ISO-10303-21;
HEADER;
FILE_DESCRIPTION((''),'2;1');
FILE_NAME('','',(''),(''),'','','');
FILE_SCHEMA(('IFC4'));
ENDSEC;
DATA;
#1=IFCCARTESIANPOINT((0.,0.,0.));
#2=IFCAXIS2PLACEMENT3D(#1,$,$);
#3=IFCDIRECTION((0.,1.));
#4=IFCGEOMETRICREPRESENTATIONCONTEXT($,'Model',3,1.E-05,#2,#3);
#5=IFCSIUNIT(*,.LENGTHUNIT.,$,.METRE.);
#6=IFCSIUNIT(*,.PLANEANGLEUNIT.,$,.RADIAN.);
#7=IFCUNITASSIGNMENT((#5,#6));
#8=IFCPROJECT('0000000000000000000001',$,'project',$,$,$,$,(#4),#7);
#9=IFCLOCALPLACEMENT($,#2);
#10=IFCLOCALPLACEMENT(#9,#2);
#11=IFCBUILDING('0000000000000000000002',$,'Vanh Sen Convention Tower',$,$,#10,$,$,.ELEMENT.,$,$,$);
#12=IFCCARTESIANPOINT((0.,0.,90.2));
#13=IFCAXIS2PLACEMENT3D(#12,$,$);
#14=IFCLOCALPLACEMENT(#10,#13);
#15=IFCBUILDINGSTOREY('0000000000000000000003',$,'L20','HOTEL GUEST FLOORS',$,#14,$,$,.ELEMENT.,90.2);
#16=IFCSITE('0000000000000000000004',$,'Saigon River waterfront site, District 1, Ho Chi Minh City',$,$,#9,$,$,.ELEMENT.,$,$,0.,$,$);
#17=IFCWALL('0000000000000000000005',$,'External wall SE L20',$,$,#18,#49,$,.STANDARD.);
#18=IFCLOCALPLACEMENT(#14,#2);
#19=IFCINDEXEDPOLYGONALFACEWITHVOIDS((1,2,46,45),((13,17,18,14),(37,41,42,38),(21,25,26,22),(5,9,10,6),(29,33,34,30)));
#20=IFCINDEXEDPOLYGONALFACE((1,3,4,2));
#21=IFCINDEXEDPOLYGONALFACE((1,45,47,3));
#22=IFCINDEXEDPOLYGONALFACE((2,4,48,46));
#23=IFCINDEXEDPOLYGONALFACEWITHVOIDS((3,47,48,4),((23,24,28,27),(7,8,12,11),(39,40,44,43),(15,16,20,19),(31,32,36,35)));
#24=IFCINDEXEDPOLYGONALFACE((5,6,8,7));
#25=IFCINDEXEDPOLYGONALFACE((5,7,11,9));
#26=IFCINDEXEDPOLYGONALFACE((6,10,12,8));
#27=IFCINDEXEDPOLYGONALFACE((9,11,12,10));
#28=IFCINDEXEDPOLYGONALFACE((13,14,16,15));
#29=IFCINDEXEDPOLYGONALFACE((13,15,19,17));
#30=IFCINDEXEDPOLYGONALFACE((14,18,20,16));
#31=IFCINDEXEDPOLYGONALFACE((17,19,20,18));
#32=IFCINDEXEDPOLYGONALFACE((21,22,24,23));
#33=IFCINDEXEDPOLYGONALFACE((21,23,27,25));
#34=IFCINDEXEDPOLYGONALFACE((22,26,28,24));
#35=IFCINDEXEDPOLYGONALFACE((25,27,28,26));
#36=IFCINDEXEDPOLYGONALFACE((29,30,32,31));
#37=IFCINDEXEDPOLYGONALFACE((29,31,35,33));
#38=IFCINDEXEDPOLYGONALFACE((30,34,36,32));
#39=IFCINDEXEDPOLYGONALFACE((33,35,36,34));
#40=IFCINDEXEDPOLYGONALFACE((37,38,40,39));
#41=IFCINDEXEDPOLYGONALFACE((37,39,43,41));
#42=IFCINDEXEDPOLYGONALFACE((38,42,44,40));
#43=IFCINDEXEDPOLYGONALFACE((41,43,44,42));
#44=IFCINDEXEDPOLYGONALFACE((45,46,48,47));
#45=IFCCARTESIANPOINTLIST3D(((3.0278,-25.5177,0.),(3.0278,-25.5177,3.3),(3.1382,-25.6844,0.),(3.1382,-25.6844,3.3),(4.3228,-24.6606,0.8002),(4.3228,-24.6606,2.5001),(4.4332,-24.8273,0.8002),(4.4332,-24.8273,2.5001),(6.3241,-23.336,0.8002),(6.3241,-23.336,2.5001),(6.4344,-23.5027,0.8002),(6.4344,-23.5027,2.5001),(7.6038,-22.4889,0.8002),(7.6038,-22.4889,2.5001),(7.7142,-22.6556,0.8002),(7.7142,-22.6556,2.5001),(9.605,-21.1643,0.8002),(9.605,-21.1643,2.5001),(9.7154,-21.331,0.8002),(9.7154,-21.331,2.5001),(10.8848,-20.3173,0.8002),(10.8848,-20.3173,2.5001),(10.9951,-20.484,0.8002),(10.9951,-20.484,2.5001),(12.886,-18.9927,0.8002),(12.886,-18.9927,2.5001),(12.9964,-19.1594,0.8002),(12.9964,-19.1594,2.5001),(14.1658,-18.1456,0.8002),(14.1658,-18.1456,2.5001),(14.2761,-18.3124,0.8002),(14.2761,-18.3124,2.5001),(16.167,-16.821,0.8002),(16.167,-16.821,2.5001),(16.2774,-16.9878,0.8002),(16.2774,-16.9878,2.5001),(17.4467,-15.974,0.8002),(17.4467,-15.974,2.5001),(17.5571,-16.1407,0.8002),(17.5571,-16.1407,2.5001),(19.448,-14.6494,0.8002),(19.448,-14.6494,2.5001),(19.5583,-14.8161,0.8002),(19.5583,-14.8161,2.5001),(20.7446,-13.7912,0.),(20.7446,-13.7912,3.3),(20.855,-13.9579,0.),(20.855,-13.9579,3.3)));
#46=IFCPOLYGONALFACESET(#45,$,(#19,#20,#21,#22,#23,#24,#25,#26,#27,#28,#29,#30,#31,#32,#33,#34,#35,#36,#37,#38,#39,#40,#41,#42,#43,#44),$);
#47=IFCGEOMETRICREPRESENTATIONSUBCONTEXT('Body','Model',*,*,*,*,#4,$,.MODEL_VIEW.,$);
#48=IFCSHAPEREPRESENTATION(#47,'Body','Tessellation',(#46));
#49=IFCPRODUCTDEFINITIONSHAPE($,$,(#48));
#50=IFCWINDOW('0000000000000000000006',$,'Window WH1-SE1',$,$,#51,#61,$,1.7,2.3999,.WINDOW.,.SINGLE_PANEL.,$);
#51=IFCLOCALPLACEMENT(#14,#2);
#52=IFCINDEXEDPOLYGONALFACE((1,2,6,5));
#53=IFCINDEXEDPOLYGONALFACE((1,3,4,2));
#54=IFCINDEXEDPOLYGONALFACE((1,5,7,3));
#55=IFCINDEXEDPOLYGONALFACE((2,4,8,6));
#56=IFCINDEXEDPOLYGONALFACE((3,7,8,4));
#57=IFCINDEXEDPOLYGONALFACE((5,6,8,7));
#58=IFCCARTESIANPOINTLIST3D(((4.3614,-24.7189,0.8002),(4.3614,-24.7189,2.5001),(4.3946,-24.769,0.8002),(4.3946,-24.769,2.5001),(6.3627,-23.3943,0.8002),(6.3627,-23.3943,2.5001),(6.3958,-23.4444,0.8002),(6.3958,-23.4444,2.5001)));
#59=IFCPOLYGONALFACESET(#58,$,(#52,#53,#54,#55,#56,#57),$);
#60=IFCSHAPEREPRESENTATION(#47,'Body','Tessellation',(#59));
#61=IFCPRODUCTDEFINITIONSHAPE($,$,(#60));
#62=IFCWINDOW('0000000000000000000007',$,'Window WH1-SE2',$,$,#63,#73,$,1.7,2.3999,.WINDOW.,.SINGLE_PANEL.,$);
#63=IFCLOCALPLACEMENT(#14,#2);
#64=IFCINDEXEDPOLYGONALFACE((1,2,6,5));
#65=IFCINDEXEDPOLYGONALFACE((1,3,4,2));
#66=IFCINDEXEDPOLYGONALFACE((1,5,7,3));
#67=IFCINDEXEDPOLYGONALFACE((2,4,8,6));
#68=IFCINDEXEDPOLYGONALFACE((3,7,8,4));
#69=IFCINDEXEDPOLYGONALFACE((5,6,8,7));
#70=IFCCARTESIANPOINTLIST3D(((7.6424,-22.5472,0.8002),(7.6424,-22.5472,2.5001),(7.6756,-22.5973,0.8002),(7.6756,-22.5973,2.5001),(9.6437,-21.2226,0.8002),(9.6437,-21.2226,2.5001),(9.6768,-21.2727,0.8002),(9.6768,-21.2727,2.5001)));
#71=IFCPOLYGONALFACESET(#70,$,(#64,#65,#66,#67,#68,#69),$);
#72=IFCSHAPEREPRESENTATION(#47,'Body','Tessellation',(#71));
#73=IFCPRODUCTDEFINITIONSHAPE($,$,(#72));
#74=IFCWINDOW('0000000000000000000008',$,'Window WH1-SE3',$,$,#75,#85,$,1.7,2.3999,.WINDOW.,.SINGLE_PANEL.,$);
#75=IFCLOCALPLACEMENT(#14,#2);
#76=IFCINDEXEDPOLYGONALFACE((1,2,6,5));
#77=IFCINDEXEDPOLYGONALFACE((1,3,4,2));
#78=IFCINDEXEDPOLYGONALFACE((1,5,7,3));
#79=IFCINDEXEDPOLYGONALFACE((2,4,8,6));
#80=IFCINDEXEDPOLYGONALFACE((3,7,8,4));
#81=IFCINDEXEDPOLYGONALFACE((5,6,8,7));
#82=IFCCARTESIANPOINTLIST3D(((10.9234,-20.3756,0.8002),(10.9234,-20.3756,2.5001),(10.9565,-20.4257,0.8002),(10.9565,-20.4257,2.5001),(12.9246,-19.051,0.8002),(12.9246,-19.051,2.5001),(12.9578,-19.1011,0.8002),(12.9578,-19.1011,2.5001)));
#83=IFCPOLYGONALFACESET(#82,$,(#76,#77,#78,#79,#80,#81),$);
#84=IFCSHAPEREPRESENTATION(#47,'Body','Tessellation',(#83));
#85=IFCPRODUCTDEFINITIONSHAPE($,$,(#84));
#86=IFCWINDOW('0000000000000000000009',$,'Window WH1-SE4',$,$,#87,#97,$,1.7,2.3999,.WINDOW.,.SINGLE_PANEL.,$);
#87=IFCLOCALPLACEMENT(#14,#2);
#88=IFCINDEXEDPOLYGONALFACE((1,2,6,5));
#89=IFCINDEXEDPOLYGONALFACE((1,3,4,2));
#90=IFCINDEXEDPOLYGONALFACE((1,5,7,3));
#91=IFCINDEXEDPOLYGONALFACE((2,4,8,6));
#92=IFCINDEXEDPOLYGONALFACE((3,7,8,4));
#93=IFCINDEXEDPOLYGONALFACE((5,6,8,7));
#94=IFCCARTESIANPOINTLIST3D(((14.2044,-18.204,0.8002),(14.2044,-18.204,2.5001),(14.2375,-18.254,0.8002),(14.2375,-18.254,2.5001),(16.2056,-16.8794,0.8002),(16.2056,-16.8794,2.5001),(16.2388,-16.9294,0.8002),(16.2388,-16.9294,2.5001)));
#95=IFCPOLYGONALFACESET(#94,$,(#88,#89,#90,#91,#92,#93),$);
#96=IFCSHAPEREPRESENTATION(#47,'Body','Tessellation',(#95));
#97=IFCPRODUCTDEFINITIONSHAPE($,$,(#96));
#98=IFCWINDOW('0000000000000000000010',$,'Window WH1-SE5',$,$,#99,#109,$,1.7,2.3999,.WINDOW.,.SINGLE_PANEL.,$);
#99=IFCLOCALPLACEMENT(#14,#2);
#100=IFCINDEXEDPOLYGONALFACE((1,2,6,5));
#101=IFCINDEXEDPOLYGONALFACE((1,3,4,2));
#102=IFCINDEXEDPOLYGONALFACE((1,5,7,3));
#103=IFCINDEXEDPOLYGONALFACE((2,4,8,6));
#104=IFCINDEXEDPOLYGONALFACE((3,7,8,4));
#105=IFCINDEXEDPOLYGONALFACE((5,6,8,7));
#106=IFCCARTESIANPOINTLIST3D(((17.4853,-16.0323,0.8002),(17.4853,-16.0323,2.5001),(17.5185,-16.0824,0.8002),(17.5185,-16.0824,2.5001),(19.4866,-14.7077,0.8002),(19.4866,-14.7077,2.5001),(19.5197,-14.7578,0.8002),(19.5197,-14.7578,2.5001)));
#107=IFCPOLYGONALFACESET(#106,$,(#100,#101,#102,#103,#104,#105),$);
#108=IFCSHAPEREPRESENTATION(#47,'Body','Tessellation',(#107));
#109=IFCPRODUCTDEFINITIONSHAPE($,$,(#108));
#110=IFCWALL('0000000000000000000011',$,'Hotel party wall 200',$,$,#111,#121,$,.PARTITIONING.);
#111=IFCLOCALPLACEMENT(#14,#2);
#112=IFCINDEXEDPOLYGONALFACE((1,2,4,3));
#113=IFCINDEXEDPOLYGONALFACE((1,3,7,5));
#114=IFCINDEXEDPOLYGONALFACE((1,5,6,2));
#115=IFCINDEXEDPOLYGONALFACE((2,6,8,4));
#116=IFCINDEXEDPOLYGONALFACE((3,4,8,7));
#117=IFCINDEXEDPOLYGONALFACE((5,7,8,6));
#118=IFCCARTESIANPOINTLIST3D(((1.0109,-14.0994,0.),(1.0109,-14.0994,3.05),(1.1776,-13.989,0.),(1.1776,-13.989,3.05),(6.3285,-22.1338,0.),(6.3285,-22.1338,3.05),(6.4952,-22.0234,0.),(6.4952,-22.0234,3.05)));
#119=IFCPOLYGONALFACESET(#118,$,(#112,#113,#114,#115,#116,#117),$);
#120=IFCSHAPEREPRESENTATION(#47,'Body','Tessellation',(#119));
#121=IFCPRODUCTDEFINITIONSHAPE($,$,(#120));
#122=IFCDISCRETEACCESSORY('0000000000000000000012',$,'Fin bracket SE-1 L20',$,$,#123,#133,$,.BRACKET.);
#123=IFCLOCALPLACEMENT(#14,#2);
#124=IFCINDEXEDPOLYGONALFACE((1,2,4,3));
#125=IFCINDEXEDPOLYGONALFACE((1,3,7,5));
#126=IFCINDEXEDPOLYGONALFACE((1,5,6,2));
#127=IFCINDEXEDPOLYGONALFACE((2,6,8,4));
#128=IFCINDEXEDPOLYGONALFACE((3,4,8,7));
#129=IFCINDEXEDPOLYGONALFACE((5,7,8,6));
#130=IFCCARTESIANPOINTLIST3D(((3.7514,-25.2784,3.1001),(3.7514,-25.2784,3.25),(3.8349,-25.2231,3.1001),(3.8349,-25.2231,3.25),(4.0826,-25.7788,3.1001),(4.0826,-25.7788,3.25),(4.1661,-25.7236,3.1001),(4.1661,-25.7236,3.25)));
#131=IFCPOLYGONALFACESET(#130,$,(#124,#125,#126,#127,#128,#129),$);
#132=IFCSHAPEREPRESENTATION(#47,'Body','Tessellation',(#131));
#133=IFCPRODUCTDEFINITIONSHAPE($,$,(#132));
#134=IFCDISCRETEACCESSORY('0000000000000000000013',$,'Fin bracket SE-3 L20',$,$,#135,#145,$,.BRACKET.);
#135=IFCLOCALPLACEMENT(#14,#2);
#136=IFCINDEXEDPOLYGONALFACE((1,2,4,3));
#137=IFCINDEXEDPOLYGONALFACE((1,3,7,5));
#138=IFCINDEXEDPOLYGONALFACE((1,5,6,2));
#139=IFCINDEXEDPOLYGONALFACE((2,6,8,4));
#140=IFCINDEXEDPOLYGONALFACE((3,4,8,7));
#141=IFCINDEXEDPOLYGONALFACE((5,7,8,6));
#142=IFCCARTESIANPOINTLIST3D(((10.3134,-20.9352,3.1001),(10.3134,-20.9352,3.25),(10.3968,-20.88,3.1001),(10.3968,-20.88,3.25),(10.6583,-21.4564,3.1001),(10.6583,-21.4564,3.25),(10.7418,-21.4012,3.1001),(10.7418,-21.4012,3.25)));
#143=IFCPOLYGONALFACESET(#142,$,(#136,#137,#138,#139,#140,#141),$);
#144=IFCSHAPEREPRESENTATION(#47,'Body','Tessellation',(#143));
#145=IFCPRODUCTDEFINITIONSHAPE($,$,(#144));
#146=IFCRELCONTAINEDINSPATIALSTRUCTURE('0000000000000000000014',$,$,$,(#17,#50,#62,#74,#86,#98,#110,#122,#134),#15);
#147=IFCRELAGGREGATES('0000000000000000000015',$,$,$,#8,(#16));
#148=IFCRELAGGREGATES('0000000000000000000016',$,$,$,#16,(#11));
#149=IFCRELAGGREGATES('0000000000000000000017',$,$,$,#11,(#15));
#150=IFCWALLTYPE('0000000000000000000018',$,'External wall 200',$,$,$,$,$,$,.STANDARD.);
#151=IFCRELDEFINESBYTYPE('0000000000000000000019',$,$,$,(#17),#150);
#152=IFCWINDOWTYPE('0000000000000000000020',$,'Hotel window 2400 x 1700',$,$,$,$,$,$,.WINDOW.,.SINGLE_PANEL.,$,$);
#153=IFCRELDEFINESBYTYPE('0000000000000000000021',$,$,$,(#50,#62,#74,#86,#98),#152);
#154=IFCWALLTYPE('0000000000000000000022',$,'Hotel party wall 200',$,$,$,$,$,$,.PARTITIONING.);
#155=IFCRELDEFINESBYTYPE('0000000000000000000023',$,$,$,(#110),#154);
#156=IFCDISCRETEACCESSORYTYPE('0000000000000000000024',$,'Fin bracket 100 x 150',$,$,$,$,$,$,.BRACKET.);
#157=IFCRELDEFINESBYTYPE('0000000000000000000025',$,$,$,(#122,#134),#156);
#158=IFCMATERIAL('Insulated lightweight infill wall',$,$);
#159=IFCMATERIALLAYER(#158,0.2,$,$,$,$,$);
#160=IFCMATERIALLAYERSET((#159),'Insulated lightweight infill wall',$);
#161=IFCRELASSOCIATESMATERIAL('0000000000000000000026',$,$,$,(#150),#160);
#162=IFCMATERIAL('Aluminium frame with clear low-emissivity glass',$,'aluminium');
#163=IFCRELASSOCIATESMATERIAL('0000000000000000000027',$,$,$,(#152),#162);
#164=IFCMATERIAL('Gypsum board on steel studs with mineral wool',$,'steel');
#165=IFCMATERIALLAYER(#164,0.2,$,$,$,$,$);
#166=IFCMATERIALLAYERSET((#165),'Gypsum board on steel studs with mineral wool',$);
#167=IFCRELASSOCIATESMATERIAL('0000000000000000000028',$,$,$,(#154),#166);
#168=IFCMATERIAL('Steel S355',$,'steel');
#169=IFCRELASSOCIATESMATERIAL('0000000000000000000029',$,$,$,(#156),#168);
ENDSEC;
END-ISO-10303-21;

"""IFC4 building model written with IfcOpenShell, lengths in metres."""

from ifc_helpers import new_model, si_unit, direction, frame, frame_2d, origin, origin_2d, place, context, subcontext, project, spatial, rectangle, extrude, material, layer, layer_set, type_object, element, fill, save


model = new_model("IFC4")

# Units and contexts
model_context = context("Model", 3, precision=1e-05, world=origin(), true_north=direction((0.0, 1.0)))
body_context = subcontext(model_context, "Body", "Model", "MODEL_VIEW")
ifc_project = project(units=[si_unit("LENGTHUNIT", "METRE"), si_unit("PLANEANGLEUNIT", "RADIAN")], contexts=[model_context])

# Site, building, storey
site_placement = place(None, origin())
site = spatial("IfcSite", under=ifc_project, at=site_placement, Name="Saigon River waterfront site, District 1, Ho Chi Minh City", CompositionType="ELEMENT", RefElevation=0.0)
building_placement = place(site_placement, origin())
building = spatial("IfcBuilding", under=site, at=building_placement, Name="Vanh Sen Convention Tower", CompositionType="ELEMENT")
storey_placement = place(building_placement, frame((0.0, 0.0, 90.2)))
storey = spatial("IfcBuildingStorey", under=building, at=storey_placement, Name="L20", Description="HOTEL GUEST FLOORS", CompositionType="ELEMENT", Elevation=90.2)

# Shared definitions
ifc_material_1 = material(Name="Gypsum board on steel studs with mineral wool", Category="steel")

# Wall, openings, windows
ifc_material_2 = material(Name="Insulated lightweight infill wall")
ifc_layer_1 = layer(ifc_material_2, 0.2)
ifc_layer_set_1 = layer_set([ifc_layer_1], Name="Insulated lightweight infill wall")
wall_type_1 = type_object("IfcWallType", Name="External wall 200", PredefinedType="STANDARD", material=ifc_layer_set_1)
wall_1_placement = place(storey_placement, frame((3.083, -25.6011, 0.0), z_axis=(0.0, 0.0, 1.0), x_axis=(0.833884, 0.551939, 0.0)))
wall_1 = element("IfcWall", 1, at=wall_1_placement, inside=storey, type_object=wall_type_1, Name="External wall SE L20", PredefinedType="STANDARD", context=body_context, shape_type="SweptSolid", body=[
    extrude(rectangle(XDim=21.2461, YDim=0.2, at=frame_2d((10.623, 0.0))), origin(), (0.0, 0.0, 1.0), 3.3),
])
opening_1_placement = place(wall_1_placement, frame((1.553, 0.0, 0.8)))
opening_1 = element("IfcOpeningElement", 2, at=opening_1_placement, cuts=wall_1, PredefinedType="OPENING", context=body_context, shape_type="SweptSolid", body=[
    extrude(rectangle(XDim=2.3999, YDim=1.7, at=frame_2d((1.2, 0.8501))), frame((0.0, 0.1099, 0.0), z_axis=(0.0, -1.0, 0.0), x_axis=(1.0, 0.0, 0.0)), (0.0, 0.0, 1.0), 0.22),
])
opening_2_placement = place(wall_1_placement, frame((5.4875, 0.0, 0.8)))
opening_2 = element("IfcOpeningElement", 3, at=opening_2_placement, cuts=wall_1, PredefinedType="OPENING", context=body_context, shape_type="SweptSolid", body=[
    extrude(rectangle(XDim=2.3999, YDim=1.7, at=frame_2d((1.2, 0.8501))), frame((0.0, 0.1099, 0.0), z_axis=(0.0, -1.0, 0.0), x_axis=(1.0, 0.0, 0.0)), (0.0, 0.0, 1.0), 0.22),
])
opening_3_placement = place(wall_1_placement, frame((9.4221, 0.0, 0.8)))
opening_3 = element("IfcOpeningElement", 4, at=opening_3_placement, cuts=wall_1, PredefinedType="OPENING", context=body_context, shape_type="SweptSolid", body=[
    extrude(rectangle(XDim=2.3999, YDim=1.7, at=frame_2d((1.2, 0.8501))), frame((0.0, 0.1099, 0.0), z_axis=(0.0, -1.0, 0.0), x_axis=(1.0, 0.0, 0.0)), (0.0, 0.0, 1.0), 0.22),
])
opening_4_placement = place(wall_1_placement, frame((13.3567, 0.0, 0.8)))
opening_4 = element("IfcOpeningElement", 5, at=opening_4_placement, cuts=wall_1, PredefinedType="OPENING", context=body_context, shape_type="SweptSolid", body=[
    extrude(rectangle(XDim=2.3999, YDim=1.7, at=frame_2d((1.2, 0.8501))), frame((0.0, 0.1099, 0.0), z_axis=(0.0, -1.0, 0.0), x_axis=(1.0, 0.0, 0.0)), (0.0, 0.0, 1.0), 0.22),
])
opening_5_placement = place(wall_1_placement, frame((17.2913, 0.0, 0.8)))
opening_5 = element("IfcOpeningElement", 6, at=opening_5_placement, cuts=wall_1, PredefinedType="OPENING", context=body_context, shape_type="SweptSolid", body=[
    extrude(rectangle(XDim=2.3999, YDim=1.7, at=frame_2d((1.2, 0.8501))), frame((0.0, 0.1099, 0.0), z_axis=(0.0, -1.0, 0.0), x_axis=(1.0, 0.0, 0.0)), (0.0, 0.0, 1.0), 0.22),
])
ifc_material_3 = material(Name="Aluminium frame with clear low-emissivity glass", Category="aluminium")
window_type = type_object("IfcWindowType", Name="Hotel window 2400 x 1700", PartitioningType="SINGLE_PANEL", PredefinedType="WINDOW", material=ifc_material_3)
window_1_placement = place(opening_1_placement, origin())
window_1 = element("IfcWindow", 7, at=window_1_placement, inside=storey, type_object=window_type, Name="Window WH1-SE1", OverallHeight=1.7, OverallWidth=2.3999, PartitioningType="SINGLE_PANEL", PredefinedType="WINDOW", context=body_context, shape_type="SweptSolid", body=[
    extrude(rectangle(XDim=2.3999, YDim=1.7, at=frame_2d((1.2, 0.8501))), frame((0.0, 0.03, 0.0), z_axis=(0.0, -1.0, 0.0), x_axis=(1.0, 0.0, 0.0)), (0.0, 0.0, 1.0), 0.0601),
])
fill(opening_1, window_1)
window_2_placement = place(opening_2_placement, origin())
window_2 = element("IfcWindow", 8, at=window_2_placement, inside=storey, type_object=window_type, Name="Window WH1-SE2", OverallHeight=1.7, OverallWidth=2.3999, PartitioningType="SINGLE_PANEL", PredefinedType="WINDOW", context=body_context, shape_type="SweptSolid", body=[
    extrude(rectangle(XDim=2.3999, YDim=1.7, at=frame_2d((1.2, 0.8501))), frame((0.0, 0.03, 0.0), z_axis=(0.0, -1.0, 0.0), x_axis=(1.0, 0.0, 0.0)), (0.0, 0.0, 1.0), 0.0601),
])
fill(opening_2, window_2)
window_3_placement = place(opening_3_placement, origin())
window_3 = element("IfcWindow", 9, at=window_3_placement, inside=storey, type_object=window_type, Name="Window WH1-SE3", OverallHeight=1.7, OverallWidth=2.3999, PartitioningType="SINGLE_PANEL", PredefinedType="WINDOW", context=body_context, shape_type="SweptSolid", body=[
    extrude(rectangle(XDim=2.3999, YDim=1.7, at=frame_2d((1.2, 0.8501))), frame((0.0, 0.03, 0.0), z_axis=(0.0, -1.0, 0.0), x_axis=(1.0, 0.0, 0.0)), (0.0, 0.0, 1.0), 0.0601),
])
fill(opening_3, window_3)
window_4_placement = place(opening_4_placement, origin())
window_4 = element("IfcWindow", 10, at=window_4_placement, inside=storey, type_object=window_type, Name="Window WH1-SE4", OverallHeight=1.7, OverallWidth=2.3999, PartitioningType="SINGLE_PANEL", PredefinedType="WINDOW", context=body_context, shape_type="SweptSolid", body=[
    extrude(rectangle(XDim=2.3999, YDim=1.7, at=frame_2d((1.2, 0.8501))), frame((0.0, 0.03, 0.0), z_axis=(0.0, -1.0, 0.0), x_axis=(1.0, 0.0, 0.0)), (0.0, 0.0, 1.0), 0.0601),
])
fill(opening_4, window_4)
window_5_placement = place(opening_5_placement, origin())
window_5 = element("IfcWindow", 11, at=window_5_placement, inside=storey, type_object=window_type, Name="Window WH1-SE5", OverallHeight=1.7, OverallWidth=2.3999, PartitioningType="SINGLE_PANEL", PredefinedType="WINDOW", context=body_context, shape_type="SweptSolid", body=[
    extrude(rectangle(XDim=2.3999, YDim=1.7, at=frame_2d((1.2, 0.8501))), frame((0.0, 0.03, 0.0), z_axis=(0.0, -1.0, 0.0), x_axis=(1.0, 0.0, 0.0)), (0.0, 0.0, 1.0), 0.0601),
])
fill(opening_5, window_5)

# Wall
ifc_layer_2 = layer(ifc_material_1, 0.2)
ifc_layer_set_2 = layer_set([ifc_layer_2], Name="Gypsum board on steel studs with mineral wool")
wall_type_2 = type_object("IfcWallType", Name="Hotel party wall 200", PredefinedType="PARTITIONING", material=ifc_layer_set_2)
wall_2_placement = place(storey_placement, frame((6.4119, -22.0786, 0.0), z_axis=(0.0, 0.0, 1.0), x_axis=(-0.55192, 0.833897, 0.0)))
element("IfcWall", 12, at=wall_2_placement, inside=storey, type_object=wall_type_2, Name="Hotel party wall 200", PredefinedType="PARTITIONING", context=body_context, shape_type="SweptSolid", body=[
    extrude(rectangle(XDim=9.6348, YDim=0.2, at=frame_2d((4.8174, 0.0))), origin(), (0.0, 0.0, 1.0), 3.05),
])

# Discrete accessories
ifc_material_4 = material(Name="Steel S355", Category="steel")
discrete_accessory_type = type_object("IfcDiscreteAccessoryType", Name="Fin bracket 100 x 150", PredefinedType="BRACKET", material=ifc_material_4)
discrete_accessory_1_placement = place(storey_placement, frame((3.9587, -25.501, 3.1001), z_axis=(0.0, 0.0, 1.0), x_axis=(0.551937, -0.833886, 0.0)))
element("IfcDiscreteAccessory", 13, at=discrete_accessory_1_placement, inside=storey, type_object=discrete_accessory_type, Name="Fin bracket SE-1 L20", PredefinedType="BRACKET", context=body_context, shape_type="SweptSolid", body=[
    extrude(rectangle(XDim=0.6001, YDim=0.1001, at=origin_2d()), origin(), (0.0, 0.0, 1.0), 0.1499),
])
discrete_accessory_2_placement = place(storey_placement, frame((10.5276, -21.1682, 3.1001), z_axis=(0.0, 0.0, 1.0), x_axis=(0.551937, -0.833886, 0.0)))
element("IfcDiscreteAccessory", 14, at=discrete_accessory_2_placement, inside=storey, type_object=discrete_accessory_type, Name="Fin bracket SE-3 L20", PredefinedType="BRACKET", context=body_context, shape_type="SweptSolid", body=[
    extrude(rectangle(XDim=0.625, YDim=0.1001, at=origin_2d()), origin(), (0.0, 0.0, 1.0), 0.1499),
])

save(model, "model.ifc")
